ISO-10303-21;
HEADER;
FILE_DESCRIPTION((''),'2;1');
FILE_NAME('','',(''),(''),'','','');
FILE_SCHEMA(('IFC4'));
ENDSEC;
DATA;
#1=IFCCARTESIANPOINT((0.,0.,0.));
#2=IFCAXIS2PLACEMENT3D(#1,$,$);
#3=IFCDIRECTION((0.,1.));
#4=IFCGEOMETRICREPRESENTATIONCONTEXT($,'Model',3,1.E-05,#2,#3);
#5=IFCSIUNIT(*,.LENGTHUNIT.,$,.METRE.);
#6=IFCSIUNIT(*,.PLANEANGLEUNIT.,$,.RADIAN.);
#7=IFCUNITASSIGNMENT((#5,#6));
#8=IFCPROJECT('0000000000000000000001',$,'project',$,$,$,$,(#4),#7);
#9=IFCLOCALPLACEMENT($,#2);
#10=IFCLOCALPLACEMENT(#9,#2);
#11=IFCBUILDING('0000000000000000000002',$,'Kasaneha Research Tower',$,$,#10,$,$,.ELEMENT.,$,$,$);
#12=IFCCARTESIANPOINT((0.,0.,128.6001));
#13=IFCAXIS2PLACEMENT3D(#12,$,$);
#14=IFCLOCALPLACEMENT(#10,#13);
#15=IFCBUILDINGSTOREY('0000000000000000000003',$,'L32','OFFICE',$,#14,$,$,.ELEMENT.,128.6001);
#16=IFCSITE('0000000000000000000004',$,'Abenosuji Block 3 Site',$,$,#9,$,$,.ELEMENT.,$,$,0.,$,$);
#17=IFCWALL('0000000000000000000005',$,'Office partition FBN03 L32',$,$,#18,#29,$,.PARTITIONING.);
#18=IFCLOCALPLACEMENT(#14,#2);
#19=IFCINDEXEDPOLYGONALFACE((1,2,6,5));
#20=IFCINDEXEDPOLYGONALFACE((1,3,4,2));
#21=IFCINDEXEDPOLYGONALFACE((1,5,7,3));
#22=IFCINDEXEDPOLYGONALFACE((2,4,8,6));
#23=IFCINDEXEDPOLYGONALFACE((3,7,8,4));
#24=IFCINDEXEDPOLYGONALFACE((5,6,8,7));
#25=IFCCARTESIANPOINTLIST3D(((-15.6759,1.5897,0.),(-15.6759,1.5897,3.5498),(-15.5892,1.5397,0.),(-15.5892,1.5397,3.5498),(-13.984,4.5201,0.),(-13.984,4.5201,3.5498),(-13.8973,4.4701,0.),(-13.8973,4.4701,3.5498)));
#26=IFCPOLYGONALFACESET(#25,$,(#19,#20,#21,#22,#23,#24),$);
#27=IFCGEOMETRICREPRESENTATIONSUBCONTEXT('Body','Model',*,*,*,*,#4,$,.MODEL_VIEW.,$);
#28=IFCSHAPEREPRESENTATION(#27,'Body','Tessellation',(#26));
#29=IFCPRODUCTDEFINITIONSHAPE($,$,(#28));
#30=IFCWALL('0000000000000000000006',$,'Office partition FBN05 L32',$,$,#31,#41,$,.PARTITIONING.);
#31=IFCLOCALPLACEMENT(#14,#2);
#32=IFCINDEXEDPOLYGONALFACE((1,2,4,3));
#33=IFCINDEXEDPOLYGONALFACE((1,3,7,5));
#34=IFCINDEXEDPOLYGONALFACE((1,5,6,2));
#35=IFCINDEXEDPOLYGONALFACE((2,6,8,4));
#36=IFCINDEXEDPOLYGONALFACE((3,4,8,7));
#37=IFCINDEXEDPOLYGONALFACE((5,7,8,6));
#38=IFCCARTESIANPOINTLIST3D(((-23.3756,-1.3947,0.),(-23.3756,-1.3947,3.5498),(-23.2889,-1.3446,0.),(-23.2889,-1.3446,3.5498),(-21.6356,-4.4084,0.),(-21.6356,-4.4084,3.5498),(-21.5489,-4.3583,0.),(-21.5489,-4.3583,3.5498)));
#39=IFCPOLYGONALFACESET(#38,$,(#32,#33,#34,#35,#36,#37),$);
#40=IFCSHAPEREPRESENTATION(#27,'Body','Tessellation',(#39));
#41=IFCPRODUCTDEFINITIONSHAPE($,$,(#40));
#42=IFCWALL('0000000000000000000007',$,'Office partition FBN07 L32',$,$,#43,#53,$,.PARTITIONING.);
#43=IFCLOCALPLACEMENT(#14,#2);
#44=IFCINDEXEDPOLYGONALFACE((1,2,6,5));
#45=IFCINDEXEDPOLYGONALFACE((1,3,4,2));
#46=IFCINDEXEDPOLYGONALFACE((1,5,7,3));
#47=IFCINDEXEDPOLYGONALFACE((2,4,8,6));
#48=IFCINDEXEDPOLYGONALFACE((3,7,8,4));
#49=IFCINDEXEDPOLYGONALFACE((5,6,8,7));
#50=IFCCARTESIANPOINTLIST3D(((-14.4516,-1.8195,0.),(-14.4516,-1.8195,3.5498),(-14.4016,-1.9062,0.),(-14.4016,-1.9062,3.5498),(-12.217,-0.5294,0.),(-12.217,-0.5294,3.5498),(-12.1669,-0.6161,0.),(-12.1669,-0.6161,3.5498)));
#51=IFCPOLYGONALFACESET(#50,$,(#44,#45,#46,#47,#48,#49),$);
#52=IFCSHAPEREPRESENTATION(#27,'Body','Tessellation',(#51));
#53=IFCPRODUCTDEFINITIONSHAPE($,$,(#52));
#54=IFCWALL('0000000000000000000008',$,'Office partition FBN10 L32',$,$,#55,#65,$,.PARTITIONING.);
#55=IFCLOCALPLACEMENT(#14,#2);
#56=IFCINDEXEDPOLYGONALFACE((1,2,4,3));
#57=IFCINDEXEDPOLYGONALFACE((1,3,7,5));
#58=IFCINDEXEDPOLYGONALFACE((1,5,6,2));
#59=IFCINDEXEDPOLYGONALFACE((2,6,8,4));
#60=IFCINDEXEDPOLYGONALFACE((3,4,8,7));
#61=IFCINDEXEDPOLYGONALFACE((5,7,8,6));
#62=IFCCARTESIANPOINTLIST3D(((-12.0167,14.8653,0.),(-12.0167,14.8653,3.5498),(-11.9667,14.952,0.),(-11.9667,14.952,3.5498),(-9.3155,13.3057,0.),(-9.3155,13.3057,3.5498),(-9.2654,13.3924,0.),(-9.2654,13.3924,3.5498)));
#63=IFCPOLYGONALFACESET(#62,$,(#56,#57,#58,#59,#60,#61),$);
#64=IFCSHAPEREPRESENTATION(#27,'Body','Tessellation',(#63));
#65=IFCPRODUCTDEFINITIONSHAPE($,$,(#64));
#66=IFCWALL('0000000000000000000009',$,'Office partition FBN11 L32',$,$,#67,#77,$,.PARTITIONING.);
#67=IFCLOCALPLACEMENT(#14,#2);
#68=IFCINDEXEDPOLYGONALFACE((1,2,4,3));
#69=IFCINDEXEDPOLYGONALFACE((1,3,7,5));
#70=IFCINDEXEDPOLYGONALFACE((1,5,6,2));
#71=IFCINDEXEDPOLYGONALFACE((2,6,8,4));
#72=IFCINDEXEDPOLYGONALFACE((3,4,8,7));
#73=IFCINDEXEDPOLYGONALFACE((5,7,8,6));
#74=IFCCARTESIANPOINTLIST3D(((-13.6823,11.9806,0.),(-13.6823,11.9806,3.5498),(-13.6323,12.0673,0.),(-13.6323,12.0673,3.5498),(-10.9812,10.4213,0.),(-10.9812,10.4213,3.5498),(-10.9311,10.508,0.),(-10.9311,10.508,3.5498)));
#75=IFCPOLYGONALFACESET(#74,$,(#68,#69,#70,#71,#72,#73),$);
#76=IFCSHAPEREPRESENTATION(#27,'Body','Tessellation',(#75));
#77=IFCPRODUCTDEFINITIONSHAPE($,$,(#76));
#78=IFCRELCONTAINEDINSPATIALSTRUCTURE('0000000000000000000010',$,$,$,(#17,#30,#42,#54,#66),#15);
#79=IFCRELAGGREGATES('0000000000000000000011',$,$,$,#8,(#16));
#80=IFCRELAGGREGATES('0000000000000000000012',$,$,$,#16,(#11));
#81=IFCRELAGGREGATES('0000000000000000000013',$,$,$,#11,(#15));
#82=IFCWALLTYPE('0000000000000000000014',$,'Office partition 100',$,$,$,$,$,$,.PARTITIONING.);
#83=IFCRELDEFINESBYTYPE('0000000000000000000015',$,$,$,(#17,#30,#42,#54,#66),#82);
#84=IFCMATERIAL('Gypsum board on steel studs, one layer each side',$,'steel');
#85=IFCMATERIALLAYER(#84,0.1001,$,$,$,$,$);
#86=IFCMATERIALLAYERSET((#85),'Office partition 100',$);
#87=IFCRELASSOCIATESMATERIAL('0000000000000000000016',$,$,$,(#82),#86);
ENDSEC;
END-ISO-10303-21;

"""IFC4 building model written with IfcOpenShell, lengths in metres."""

from ifc_helpers import new_model, si_unit, direction, frame, frame_2d, origin, place, context, subcontext, project, spatial, rectangle, extrude, material, layer, layer_set, type_object, element, save


model = new_model("IFC4")

# Units and contexts
model_context = context("Model", 3, precision=1e-05, world=origin(), true_north=direction((0.0, 1.0)))
body_context = subcontext(model_context, "Body", "Model", "MODEL_VIEW")
ifc_project = project(units=[si_unit("LENGTHUNIT", "METRE"), si_unit("PLANEANGLEUNIT", "RADIAN")], contexts=[model_context])

# Site, building, storey
site_placement = place(None, origin())
site = spatial("IfcSite", under=ifc_project, at=site_placement, Name="Abenosuji Block 3 Site", CompositionType="ELEMENT", RefElevation=0.0)
building_placement = place(site_placement, origin())
building = spatial("IfcBuilding", under=site, at=building_placement, Name="Kasaneha Research Tower", CompositionType="ELEMENT")
storey_placement = place(building_placement, frame((0.0, 0.0, 128.6001)))
storey = spatial("IfcBuildingStorey", under=building, at=storey_placement, Name="L32", Description="OFFICE", CompositionType="ELEMENT", Elevation=128.6001)

# Shared definitions
ifc_material_1 = material(Name="Gypsum board on steel studs, one layer each side", Category="steel")
ifc_layer_1 = layer(ifc_material_1, 0.1001)
ifc_layer_set_1 = layer_set([ifc_layer_1], Name="Office partition 100")
wall_type = type_object("IfcWallType", Name="Office partition 100", PredefinedType="PARTITIONING", material=ifc_layer_set_1)

# Walls
wall_1_placement = place(storey_placement, frame((-13.9407, 4.4951, 0.0), z_axis=(0.0, 0.0, 1.0), x_axis=(-0.500004, -0.866023, 0.0)))
element("IfcWall", 1, at=wall_1_placement, inside=storey, type_object=wall_type, Name="Office partition FBN03 L32", PredefinedType="PARTITIONING", context=body_context, shape_type="SweptSolid", body=[
    extrude(rectangle(XDim=3.3838, YDim=0.1001, at=frame_2d((1.6919, 0.0))), origin(), (0.0, 0.0, 1.0), 3.5498),
])
wall_2_placement = place(storey_placement, frame((-23.3323, -1.3696, 0.0), z_axis=(0.0, 0.0, 1.0), x_axis=(0.50001, -0.86602, 0.0)))
element("IfcWall", 2, at=wall_2_placement, inside=storey, type_object=wall_type, Name="Office partition FBN05 L32", PredefinedType="PARTITIONING", context=body_context, shape_type="SweptSolid", body=[
    extrude(rectangle(XDim=3.48, YDim=0.1001, at=frame_2d((1.74, 0.0))), origin(), (0.0, 0.0, 1.0), 3.5498),
])
wall_3_placement = place(storey_placement, frame((-14.4265, -1.8628, 0.0), z_axis=(0.0, 0.0, 1.0), x_axis=(0.866045, 0.499965, 0.0)))
element("IfcWall", 3, at=wall_3_placement, inside=storey, type_object=wall_type, Name="Office partition FBN07 L32", PredefinedType="PARTITIONING", context=body_context, shape_type="SweptSolid", body=[
    extrude(rectangle(XDim=2.5803, YDim=0.1001, at=frame_2d((1.29, 0.0))), origin(), (0.0, 0.0, 1.0), 3.5498),
])
wall_4_placement = place(storey_placement, frame((-11.9917, 14.9087, 0.0), z_axis=(0.0, 0.0, 1.0), x_axis=(0.866019, -0.500012, 0.0)))
element("IfcWall", 4, at=wall_4_placement, inside=storey, type_object=wall_type, Name="Office partition FBN10 L32", PredefinedType="PARTITIONING", context=body_context, shape_type="SweptSolid", body=[
    extrude(rectangle(XDim=3.1191, YDim=0.1001, at=frame_2d((1.5596, 0.0))), origin(), (0.0, 0.0, 1.0), 3.5498),
])
wall_5_placement = place(storey_placement, frame((-10.9561, 10.4646, 0.0), z_axis=(0.0, 0.0, 1.0), x_axis=(-0.866053, 0.499953, 0.0)))
element("IfcWall", 5, at=wall_5_placement, inside=storey, type_object=wall_type, Name="Office partition FBN11 L32", PredefinedType="PARTITIONING", context=body_context, shape_type="SweptSolid", body=[
    extrude(rectangle(XDim=3.1189, YDim=0.1001, at=frame_2d((1.5596, 0.0))), origin(), (0.0, 0.0, 1.0), 3.5498),
])

save(model, "model.ifc")
